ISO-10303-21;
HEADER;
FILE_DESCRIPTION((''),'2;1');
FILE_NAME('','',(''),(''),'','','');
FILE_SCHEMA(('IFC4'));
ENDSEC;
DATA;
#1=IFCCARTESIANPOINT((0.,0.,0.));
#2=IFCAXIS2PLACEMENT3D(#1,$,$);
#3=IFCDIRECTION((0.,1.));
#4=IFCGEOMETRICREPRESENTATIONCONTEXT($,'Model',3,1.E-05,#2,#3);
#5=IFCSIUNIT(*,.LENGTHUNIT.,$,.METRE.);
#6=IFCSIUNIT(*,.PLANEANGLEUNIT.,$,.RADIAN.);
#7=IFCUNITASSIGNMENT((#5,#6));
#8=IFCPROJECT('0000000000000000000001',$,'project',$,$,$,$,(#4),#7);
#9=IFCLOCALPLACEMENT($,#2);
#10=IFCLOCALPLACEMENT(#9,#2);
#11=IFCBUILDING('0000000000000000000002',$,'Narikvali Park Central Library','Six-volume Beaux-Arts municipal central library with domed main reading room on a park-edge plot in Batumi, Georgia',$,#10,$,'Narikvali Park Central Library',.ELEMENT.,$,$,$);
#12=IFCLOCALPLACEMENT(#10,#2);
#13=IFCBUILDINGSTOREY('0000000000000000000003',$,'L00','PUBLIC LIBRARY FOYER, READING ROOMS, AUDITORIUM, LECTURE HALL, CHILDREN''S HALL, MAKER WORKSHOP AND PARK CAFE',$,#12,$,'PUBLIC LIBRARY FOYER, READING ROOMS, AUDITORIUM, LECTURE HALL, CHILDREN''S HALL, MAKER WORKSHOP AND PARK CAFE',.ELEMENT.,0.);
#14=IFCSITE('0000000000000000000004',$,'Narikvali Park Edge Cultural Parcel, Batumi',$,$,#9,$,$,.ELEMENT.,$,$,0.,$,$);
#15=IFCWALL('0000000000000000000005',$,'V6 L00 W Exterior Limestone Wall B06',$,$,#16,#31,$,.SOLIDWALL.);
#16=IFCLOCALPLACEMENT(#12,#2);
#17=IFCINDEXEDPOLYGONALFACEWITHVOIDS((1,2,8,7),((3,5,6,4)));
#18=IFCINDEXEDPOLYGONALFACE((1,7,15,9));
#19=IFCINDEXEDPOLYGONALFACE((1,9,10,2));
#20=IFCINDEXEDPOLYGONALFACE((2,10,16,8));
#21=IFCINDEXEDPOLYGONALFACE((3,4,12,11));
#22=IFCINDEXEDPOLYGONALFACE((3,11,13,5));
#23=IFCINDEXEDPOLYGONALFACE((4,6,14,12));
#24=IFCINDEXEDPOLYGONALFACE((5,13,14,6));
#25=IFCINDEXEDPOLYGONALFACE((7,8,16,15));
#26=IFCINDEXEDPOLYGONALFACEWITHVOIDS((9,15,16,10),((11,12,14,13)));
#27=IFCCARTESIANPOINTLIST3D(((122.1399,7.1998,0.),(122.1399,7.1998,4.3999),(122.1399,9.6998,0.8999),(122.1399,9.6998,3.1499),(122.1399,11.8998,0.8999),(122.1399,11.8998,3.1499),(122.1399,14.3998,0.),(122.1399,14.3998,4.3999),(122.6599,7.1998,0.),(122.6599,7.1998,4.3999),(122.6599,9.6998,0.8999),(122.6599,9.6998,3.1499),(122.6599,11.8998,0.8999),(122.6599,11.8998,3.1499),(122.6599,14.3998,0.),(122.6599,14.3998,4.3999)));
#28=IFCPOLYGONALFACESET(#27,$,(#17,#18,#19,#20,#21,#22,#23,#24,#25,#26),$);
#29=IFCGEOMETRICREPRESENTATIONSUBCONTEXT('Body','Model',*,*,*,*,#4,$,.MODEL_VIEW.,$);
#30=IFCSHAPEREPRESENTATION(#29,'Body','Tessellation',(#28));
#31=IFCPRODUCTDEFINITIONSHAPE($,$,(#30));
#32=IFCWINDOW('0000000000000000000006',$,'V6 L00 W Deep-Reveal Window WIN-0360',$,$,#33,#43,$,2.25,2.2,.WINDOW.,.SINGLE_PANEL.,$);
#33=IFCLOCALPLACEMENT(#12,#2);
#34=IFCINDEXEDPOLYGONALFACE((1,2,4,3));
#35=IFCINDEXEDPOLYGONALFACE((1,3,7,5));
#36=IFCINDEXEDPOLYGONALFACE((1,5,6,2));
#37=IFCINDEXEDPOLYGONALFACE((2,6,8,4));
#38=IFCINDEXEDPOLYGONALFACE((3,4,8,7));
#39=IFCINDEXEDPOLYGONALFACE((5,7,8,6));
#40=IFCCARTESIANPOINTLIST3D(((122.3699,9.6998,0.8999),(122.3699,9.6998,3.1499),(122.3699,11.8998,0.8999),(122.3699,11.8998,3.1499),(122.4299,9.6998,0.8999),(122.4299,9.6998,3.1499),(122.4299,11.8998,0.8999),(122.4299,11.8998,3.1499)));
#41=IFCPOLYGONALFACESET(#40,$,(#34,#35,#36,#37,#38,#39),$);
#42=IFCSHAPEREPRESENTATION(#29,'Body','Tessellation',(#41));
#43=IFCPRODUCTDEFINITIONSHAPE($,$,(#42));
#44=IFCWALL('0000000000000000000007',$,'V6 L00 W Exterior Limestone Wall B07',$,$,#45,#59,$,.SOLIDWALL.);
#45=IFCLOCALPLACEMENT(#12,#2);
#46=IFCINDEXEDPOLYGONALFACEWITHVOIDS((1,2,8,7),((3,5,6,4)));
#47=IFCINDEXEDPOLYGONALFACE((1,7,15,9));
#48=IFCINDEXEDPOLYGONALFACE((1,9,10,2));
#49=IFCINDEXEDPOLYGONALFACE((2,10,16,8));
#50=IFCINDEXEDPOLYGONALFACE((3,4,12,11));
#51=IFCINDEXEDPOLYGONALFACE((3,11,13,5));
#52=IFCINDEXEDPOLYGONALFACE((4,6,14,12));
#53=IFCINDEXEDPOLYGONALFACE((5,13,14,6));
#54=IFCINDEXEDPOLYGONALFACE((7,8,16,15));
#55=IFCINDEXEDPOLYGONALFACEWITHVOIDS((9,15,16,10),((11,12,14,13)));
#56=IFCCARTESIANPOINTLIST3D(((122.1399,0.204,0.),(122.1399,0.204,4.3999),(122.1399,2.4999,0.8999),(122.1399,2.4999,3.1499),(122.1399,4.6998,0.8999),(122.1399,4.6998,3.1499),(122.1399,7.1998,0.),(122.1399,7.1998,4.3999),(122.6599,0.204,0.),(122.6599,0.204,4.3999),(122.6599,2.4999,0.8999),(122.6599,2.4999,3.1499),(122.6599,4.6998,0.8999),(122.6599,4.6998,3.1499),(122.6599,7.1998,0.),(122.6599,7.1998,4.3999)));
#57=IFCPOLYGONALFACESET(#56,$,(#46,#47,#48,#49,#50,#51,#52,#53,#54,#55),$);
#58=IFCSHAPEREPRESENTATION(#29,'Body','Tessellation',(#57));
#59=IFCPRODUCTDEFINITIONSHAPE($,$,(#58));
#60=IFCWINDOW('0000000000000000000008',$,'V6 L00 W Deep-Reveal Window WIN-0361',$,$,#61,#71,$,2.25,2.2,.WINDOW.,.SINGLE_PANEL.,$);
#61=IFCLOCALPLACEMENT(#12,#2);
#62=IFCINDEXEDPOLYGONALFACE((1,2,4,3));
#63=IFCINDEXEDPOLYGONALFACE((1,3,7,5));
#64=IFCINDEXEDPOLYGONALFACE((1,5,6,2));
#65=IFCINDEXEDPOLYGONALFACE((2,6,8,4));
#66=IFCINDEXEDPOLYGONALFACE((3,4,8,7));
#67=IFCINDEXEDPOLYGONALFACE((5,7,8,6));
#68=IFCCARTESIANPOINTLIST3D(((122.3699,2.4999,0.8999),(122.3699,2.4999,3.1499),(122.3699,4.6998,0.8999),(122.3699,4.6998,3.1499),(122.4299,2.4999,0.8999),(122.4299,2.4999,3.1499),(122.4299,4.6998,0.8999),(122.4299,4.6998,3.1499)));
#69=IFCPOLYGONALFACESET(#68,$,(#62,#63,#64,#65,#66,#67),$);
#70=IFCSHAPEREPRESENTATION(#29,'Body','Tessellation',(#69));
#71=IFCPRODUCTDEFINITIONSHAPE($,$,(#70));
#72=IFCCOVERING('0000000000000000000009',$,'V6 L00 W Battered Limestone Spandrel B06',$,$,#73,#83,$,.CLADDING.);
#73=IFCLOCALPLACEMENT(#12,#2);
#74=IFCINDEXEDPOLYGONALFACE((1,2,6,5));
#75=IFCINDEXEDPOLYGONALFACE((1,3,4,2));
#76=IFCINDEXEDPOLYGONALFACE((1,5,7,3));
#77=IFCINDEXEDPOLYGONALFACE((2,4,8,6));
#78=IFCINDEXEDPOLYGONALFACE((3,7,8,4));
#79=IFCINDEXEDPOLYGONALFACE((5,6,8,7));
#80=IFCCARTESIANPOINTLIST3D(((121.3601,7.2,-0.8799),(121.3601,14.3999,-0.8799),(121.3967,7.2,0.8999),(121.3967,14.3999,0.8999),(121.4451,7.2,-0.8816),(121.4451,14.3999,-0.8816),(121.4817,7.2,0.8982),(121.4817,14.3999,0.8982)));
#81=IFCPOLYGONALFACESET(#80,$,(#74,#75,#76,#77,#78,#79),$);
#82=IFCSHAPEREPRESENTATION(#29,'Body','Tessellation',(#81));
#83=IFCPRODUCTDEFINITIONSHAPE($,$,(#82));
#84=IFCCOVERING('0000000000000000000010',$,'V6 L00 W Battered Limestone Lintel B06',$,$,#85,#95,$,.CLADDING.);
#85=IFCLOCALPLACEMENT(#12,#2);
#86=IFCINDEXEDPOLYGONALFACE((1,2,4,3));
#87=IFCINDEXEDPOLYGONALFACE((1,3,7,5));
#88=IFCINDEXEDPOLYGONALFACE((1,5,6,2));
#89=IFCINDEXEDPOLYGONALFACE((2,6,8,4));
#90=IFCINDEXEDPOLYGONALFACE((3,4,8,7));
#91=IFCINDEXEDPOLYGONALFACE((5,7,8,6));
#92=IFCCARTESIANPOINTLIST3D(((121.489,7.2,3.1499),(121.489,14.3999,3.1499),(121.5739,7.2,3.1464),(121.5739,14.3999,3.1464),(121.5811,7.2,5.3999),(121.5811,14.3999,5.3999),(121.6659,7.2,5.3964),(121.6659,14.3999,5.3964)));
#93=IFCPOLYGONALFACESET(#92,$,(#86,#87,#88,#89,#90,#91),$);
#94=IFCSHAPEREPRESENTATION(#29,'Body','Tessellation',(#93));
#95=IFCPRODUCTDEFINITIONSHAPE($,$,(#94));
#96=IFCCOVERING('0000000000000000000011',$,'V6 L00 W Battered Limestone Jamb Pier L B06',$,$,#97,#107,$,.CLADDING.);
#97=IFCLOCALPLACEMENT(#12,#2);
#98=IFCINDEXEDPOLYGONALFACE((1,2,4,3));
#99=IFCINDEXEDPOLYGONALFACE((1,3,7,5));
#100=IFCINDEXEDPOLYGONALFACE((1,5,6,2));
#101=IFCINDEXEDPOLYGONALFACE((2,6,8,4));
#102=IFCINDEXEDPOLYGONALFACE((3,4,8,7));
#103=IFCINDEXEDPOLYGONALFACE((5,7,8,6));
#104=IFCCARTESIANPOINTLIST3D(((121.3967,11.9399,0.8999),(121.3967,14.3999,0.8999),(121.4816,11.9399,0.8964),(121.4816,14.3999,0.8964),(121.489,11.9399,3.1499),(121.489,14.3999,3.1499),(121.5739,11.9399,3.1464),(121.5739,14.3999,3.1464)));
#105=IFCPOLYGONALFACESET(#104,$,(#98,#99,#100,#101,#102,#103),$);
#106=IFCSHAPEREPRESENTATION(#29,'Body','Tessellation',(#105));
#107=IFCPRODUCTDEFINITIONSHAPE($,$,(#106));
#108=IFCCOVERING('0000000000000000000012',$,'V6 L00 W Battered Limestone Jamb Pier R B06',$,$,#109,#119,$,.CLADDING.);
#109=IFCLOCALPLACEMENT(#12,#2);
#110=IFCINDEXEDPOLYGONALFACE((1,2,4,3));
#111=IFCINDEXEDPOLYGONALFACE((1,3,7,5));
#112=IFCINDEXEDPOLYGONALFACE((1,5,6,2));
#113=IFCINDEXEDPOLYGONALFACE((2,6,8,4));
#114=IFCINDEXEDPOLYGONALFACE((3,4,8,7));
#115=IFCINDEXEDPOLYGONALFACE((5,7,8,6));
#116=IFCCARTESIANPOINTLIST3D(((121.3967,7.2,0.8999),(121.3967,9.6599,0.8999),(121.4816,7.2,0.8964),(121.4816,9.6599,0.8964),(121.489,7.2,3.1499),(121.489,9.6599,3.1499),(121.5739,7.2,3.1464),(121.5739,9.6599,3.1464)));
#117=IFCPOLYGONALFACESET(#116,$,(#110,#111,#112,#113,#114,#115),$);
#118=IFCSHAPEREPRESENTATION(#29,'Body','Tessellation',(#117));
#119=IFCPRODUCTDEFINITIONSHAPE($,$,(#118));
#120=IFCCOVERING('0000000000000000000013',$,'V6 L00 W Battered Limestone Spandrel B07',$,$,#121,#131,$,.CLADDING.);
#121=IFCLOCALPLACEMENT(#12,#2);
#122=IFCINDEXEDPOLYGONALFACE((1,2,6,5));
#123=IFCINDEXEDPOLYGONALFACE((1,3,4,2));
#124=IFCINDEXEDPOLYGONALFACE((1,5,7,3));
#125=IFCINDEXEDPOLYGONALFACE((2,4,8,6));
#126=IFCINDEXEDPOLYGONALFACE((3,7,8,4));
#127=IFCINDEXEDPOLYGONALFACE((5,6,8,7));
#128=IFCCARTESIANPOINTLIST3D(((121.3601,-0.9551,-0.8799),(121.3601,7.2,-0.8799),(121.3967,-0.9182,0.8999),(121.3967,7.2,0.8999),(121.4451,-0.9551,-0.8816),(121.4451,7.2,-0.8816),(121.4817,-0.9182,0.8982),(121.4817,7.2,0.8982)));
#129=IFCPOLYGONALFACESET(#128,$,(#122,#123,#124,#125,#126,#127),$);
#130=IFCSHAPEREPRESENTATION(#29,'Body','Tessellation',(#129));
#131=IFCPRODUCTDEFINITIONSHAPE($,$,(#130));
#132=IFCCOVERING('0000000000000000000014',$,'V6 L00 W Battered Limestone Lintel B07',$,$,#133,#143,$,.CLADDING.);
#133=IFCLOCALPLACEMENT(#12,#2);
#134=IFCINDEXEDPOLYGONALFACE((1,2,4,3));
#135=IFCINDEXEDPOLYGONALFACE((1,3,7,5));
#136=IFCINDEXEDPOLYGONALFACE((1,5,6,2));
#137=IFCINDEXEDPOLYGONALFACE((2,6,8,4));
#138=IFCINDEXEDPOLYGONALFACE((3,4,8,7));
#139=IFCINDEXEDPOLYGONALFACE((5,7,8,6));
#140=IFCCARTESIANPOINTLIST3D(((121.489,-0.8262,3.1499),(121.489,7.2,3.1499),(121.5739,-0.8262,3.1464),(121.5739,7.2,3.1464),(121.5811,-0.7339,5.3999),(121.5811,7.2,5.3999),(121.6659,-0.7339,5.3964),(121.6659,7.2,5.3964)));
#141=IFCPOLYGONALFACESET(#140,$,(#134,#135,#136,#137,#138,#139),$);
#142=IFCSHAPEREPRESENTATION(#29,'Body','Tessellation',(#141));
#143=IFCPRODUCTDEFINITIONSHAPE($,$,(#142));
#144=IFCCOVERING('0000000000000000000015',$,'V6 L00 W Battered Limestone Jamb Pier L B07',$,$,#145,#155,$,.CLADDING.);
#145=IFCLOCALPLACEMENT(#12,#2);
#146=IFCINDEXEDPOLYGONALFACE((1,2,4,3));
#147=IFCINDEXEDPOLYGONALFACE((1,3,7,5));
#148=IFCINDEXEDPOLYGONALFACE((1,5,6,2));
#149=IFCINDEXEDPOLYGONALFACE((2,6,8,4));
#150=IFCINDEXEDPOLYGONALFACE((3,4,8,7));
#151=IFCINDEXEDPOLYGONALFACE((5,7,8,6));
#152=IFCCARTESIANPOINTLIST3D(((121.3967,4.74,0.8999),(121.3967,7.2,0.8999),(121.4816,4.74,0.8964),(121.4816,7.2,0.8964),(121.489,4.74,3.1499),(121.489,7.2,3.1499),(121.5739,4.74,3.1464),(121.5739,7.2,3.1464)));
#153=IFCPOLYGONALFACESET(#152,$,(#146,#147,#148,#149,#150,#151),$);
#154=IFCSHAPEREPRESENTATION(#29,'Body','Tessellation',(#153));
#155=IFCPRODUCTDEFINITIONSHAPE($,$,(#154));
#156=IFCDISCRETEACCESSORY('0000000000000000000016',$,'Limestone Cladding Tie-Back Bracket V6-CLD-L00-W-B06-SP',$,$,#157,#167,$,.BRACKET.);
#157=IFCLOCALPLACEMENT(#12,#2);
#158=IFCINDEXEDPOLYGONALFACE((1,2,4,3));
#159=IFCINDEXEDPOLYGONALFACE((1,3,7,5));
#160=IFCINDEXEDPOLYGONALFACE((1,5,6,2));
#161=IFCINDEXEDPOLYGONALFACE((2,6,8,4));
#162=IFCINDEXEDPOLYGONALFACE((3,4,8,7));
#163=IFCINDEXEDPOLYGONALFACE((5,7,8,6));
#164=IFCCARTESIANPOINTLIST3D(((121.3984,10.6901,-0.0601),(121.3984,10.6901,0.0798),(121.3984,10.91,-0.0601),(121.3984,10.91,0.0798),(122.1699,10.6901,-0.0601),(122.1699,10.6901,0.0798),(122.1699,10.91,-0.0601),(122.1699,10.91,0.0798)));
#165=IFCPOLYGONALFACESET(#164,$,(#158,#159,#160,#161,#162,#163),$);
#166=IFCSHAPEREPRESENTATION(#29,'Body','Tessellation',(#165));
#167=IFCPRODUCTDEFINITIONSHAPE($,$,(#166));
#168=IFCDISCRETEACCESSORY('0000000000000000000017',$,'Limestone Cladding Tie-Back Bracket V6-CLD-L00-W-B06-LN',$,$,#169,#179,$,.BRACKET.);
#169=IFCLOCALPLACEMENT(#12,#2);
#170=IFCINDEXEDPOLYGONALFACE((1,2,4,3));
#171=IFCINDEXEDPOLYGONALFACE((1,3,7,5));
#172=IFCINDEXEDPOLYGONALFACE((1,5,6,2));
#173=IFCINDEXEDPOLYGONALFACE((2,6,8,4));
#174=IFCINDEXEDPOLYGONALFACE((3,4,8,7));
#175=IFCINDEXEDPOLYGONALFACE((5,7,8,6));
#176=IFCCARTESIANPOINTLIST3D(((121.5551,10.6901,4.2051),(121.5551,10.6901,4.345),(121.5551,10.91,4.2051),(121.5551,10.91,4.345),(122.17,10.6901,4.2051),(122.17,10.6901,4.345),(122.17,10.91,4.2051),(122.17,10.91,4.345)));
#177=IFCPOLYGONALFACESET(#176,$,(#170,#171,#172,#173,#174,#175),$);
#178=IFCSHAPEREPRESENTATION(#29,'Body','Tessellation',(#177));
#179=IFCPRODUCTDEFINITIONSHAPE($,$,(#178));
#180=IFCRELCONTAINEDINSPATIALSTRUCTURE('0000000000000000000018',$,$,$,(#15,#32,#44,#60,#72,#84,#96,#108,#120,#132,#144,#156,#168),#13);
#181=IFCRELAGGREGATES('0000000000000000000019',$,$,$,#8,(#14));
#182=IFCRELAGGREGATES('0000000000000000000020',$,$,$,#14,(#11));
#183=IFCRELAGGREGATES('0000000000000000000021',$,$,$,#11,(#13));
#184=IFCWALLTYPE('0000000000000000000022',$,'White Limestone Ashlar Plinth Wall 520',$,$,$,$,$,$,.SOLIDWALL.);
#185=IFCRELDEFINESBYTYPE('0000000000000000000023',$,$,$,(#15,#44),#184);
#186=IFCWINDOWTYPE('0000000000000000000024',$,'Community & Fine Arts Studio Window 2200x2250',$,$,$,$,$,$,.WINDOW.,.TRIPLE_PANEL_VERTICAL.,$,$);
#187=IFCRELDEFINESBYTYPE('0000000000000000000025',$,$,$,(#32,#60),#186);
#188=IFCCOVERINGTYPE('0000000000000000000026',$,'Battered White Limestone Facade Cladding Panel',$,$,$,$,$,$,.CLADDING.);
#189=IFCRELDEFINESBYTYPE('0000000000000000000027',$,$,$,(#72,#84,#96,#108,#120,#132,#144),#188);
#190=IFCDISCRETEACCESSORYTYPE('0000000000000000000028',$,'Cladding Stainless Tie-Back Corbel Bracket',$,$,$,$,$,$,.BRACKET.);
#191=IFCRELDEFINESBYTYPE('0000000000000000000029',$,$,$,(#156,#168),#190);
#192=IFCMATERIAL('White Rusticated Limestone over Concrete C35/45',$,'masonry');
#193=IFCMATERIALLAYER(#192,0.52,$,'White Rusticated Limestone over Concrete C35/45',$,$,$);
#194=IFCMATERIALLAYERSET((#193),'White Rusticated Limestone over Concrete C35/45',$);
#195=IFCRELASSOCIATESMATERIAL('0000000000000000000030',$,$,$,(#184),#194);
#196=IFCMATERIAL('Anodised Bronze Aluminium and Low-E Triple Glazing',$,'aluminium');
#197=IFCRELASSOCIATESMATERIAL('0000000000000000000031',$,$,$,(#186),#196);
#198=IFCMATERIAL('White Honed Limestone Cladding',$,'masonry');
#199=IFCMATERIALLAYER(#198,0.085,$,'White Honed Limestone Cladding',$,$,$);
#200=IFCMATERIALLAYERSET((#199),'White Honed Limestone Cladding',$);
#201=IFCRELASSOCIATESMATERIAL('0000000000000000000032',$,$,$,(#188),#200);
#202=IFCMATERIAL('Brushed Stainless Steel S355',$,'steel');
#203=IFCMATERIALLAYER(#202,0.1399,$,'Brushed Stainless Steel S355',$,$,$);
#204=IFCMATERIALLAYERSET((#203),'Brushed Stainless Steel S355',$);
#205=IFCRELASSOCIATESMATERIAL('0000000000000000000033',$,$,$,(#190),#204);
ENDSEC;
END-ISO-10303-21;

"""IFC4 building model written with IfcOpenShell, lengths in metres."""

from ifc_helpers import new_model, si_unit, direction, frame, frame_2d, origin, origin_2d, place, context, subcontext, project, spatial, polyline, rectangle, outline, extrude, material, layer, layer_set, type_object, element, fill, save


model = new_model("IFC4")

# Units and contexts
model_context = context("Model", 3, precision=1e-05, world=origin(), true_north=direction((0.0, 1.0)))
body_context = subcontext(model_context, "Body", "Model", "MODEL_VIEW")
ifc_project = project(units=[si_unit("LENGTHUNIT", "METRE"), si_unit("PLANEANGLEUNIT", "RADIAN")], contexts=[model_context])

# Site, building, storey
site_placement = place(None, origin())
site = spatial("IfcSite", under=ifc_project, at=site_placement, Name="Narikvali Park Edge Cultural Parcel, Batumi", CompositionType="ELEMENT", RefElevation=0.0)
building_placement = place(site_placement, origin())
building = spatial("IfcBuilding", under=site, at=building_placement, Name="Narikvali Park Central Library", Description="Six-volume Beaux-Arts municipal central library with domed main reading room on a park-edge plot in Batumi, Georgia", LongName="Narikvali Park Central Library", CompositionType="ELEMENT")
storey_placement = place(building_placement, origin())
storey = spatial("IfcBuildingStorey", under=building, at=storey_placement, Name="L00", Description="PUBLIC LIBRARY FOYER, READING ROOMS, AUDITORIUM, LECTURE HALL, CHILDREN'S HALL, MAKER WORKSHOP AND PARK CAFE", LongName="PUBLIC LIBRARY FOYER, READING ROOMS, AUDITORIUM, LECTURE HALL, CHILDREN'S HALL, MAKER WORKSHOP AND PARK CAFE", CompositionType="ELEMENT", Elevation=0.0)

# Walls, openings, windows
ifc_material_1 = material(Name="White Rusticated Limestone over Concrete C35/45", Category="masonry")
ifc_layer_1 = layer(ifc_material_1, 0.52, Name="White Rusticated Limestone over Concrete C35/45")
ifc_layer_set_1 = layer_set([ifc_layer_1], Name="White Rusticated Limestone over Concrete C35/45")
wall_type_1 = type_object("IfcWallType", Name="White Limestone Ashlar Plinth Wall 520", PredefinedType="SOLIDWALL", material=ifc_layer_set_1)
wall_1_placement = place(storey_placement, frame((122.3999, 14.3999, 0.0), z_axis=(0.0, 0.0, 1.0), x_axis=(0.0, -1.0, 0.0)))
wall_1 = element("IfcWall", 1, at=wall_1_placement, inside=storey, type_object=wall_type_1, Name="V6 L00 W Exterior Limestone Wall B06", PredefinedType="SOLIDWALL", context=body_context, shape_type="SweptSolid", body=[
    extrude(rectangle(XDim=7.2, YDim=0.52, at=frame_2d((3.6001, 0.0))), origin(), (0.0, 0.0, 1.0), 4.3999),
])
opening_1_placement = place(wall_1_placement, frame((2.5, 0.0, 0.8999)))
opening_1 = element("IfcOpeningElement", 2, at=opening_1_placement, cuts=wall_1, PredefinedType="OPENING", context=body_context, shape_type="SweptSolid", body=[
    extrude(rectangle(XDim=2.2, YDim=2.25, at=frame_2d((1.1001, 1.125))), frame((0.0, 0.272, 0.0), z_axis=(0.0, -1.0, 0.0), x_axis=(1.0, 0.0, 0.0)), (0.0, 0.0, 1.0), 0.5439),
])
ifc_material_2 = material(Name="Anodised Bronze Aluminium and Low-E Triple Glazing", Category="aluminium")
window_type = type_object("IfcWindowType", Name="Community & Fine Arts Studio Window 2200x2250", PartitioningType="TRIPLE_PANEL_VERTICAL", PredefinedType="WINDOW", material=ifc_material_2)
window_1_placement = place(opening_1_placement, origin())
window_1 = element("IfcWindow", 3, at=window_1_placement, inside=storey, type_object=window_type, Name="V6 L00 W Deep-Reveal Window WIN-0360", OverallHeight=2.25, OverallWidth=2.2, PartitioningType="SINGLE_PANEL", PredefinedType="WINDOW", context=body_context, shape_type="SweptSolid", body=[
    extrude(rectangle(XDim=2.2, YDim=2.25, at=frame_2d((1.1001, 1.125))), frame((0.0, 0.03, 0.0), z_axis=(0.0, -1.0, 0.0), x_axis=(1.0, 0.0, 0.0)), (0.0, 0.0, 1.0), 0.0601),
])
fill(opening_1, window_1)
wall_2_placement = place(storey_placement, frame((122.3999, 7.2, 0.0), z_axis=(0.0, 0.0, 1.0), x_axis=(0.0, -1.0, 0.0)))
wall_2 = element("IfcWall", 4, at=wall_2_placement, inside=storey, type_object=wall_type_1, Name="V6 L00 W Exterior Limestone Wall B07", PredefinedType="SOLIDWALL", context=body_context, shape_type="SweptSolid", body=[
    extrude(rectangle(XDim=6.9958, YDim=0.52, at=frame_2d((3.498, 0.0))), origin(), (0.0, 0.0, 1.0), 4.3999),
])
opening_2_placement = place(wall_2_placement, frame((2.5, 0.0, 0.8999)))
opening_2 = element("IfcOpeningElement", 5, at=opening_2_placement, cuts=wall_2, PredefinedType="OPENING", context=body_context, shape_type="SweptSolid", body=[
    extrude(rectangle(XDim=2.2, YDim=2.25, at=frame_2d((1.1001, 1.125))), frame((0.0, 0.272, 0.0), z_axis=(0.0, -1.0, 0.0), x_axis=(1.0, 0.0, 0.0)), (0.0, 0.0, 1.0), 0.5439),
])
window_2_placement = place(opening_2_placement, origin())
window_2 = element("IfcWindow", 6, at=window_2_placement, inside=storey, type_object=window_type, Name="V6 L00 W Deep-Reveal Window WIN-0361", OverallHeight=2.25, OverallWidth=2.2, PartitioningType="SINGLE_PANEL", PredefinedType="WINDOW", context=body_context, shape_type="SweptSolid", body=[
    extrude(rectangle(XDim=2.2, YDim=2.25, at=frame_2d((1.1001, 1.125))), frame((0.0, 0.03, 0.0), z_axis=(0.0, -1.0, 0.0), x_axis=(1.0, 0.0, 0.0)), (0.0, 0.0, 1.0), 0.0601),
])
fill(opening_2, window_2)

# Coverings
ifc_material_3 = material(Name="White Honed Limestone Cladding", Category="masonry")
ifc_layer_2 = layer(ifc_material_3, 0.085, Name="White Honed Limestone Cladding")
ifc_layer_set_2 = layer_set([ifc_layer_2], Name="White Honed Limestone Cladding")
covering_type = type_object("IfcCoveringType", Name="Battered White Limestone Facade Cladding Panel", PredefinedType="CLADDING", material=ifc_layer_set_2)
covering_1_placement = place(storey_placement, frame((121.3601, 14.3999, -0.8799), z_axis=(-0.999788, 0.0, 0.020572), x_axis=(0.0, -1.0, 0.0)))
element("IfcCovering", 7, at=covering_1_placement, inside=storey, type_object=covering_type, Name="V6 L00 W Battered Limestone Spandrel B06", PredefinedType="CLADDING", context=body_context, shape_type="SweptSolid", body=[
    extrude(outline(polyline([(0.0, 0.0), (7.2, 0.0), (7.2, 1.7802), (0.0, 1.7802), (0.0, 0.0)])), origin(), (0.0, 0.0, -1.0), 0.085),
])
covering_2_placement = place(storey_placement, frame((121.489, 14.3999, 3.1499), z_axis=(-0.999164, 0.0, 0.040873), x_axis=(0.0, -1.0, 0.0)))
element("IfcCovering", 8, at=covering_2_placement, inside=storey, type_object=covering_type, Name="V6 L00 W Battered Limestone Lintel B06", PredefinedType="CLADDING", context=body_context, shape_type="SweptSolid", body=[
    extrude(outline(polyline([(0.0, 0.0), (7.2, 0.0), (7.2, 2.2519), (0.0, 2.2519), (0.0, 0.0)])), origin(), (0.0, 0.0, -1.0), 0.085),
])
for number, where, z_axis, x_axis, name in (
    (9, (121.3967, 14.3999, 0.8999), (-0.99916, 0.0, 0.040981), (0.0, -1.0, 0.0), "V6 L00 W Battered Limestone Jamb Pier L B06"),
    (10, (121.3967, 9.6599, 0.8999), (-0.99916, 0.0, 0.040981), (0.0, -1.0, 0.0), "V6 L00 W Battered Limestone Jamb Pier R B06"),
):
    element("IfcCovering", number, at=place(storey_placement, frame(where, z_axis=z_axis, x_axis=x_axis)), inside=storey, type_object=covering_type, Name=name, PredefinedType="CLADDING", context=body_context, shape_type="SweptSolid", body=[
        extrude(outline(polyline([(0.0, 0.0), (2.46, 0.0), (2.46, 2.2519), (0.0, 2.2519), (0.0, 0.0)])), origin(), (0.0, 0.0, -1.0), 0.085),
    ])
covering_3_placement = place(storey_placement, frame((121.3601, 7.2, -0.8799), z_axis=(-0.999788, 0.0, 0.020572), x_axis=(0.0, -1.0, 0.0)))
element("IfcCovering", 11, at=covering_3_placement, inside=storey, type_object=covering_type, Name="V6 L00 W Battered Limestone Spandrel B07", PredefinedType="CLADDING", context=body_context, shape_type="SweptSolid", body=[
    extrude(outline(polyline([(0.0, 0.0), (8.155, 0.0), (8.1182, 1.7802), (0.0, 1.7802), (0.0, 0.0)])), origin(), (0.0, 0.0, -1.0), 0.085),
])
covering_4_placement = place(storey_placement, frame((121.489, 7.2, 3.1499), z_axis=(-0.999164, 0.0, 0.040873), x_axis=(0.0, -1.0, 0.0)))
element("IfcCovering", 12, at=covering_4_placement, inside=storey, type_object=covering_type, Name="V6 L00 W Battered Limestone Lintel B07", PredefinedType="CLADDING", context=body_context, shape_type="SweptSolid", body=[
    extrude(outline(polyline([(0.0, 0.0), (8.0261, 0.0), (7.9338, 2.2519), (0.0, 2.2519), (0.0, 0.0)])), origin(), (0.0, 0.0, -1.0), 0.085),
])
covering_5_placement = place(storey_placement, frame((121.3967, 7.2, 0.8999), z_axis=(-0.99916, 0.0, 0.040981), x_axis=(0.0, -1.0, 0.0)))
element("IfcCovering", 13, at=covering_5_placement, inside=storey, type_object=covering_type, Name="V6 L00 W Battered Limestone Jamb Pier L B07", PredefinedType="CLADDING", context=body_context, shape_type="SweptSolid", body=[
    extrude(outline(polyline([(0.0, 0.0), (2.46, 0.0), (2.46, 2.2519), (0.0, 2.2519), (0.0, 0.0)])), origin(), (0.0, 0.0, -1.0), 0.085),
])

# Discrete accessories
ifc_material_4 = material(Name="Brushed Stainless Steel S355", Category="steel")
ifc_layer_3 = layer(ifc_material_4, 0.1399, Name="Brushed Stainless Steel S355")
ifc_layer_set_3 = layer_set([ifc_layer_3], Name="Brushed Stainless Steel S355")
discrete_accessory_type = type_object("IfcDiscreteAccessoryType", Name="Cladding Stainless Tie-Back Corbel Bracket", PredefinedType="BRACKET", material=ifc_layer_set_3)
discrete_accessory_1_placement = place(storey_placement, frame((121.7842, 10.8, -0.0601), z_axis=(0.0, 0.0, 1.0), x_axis=(1.0, 0.0, 0.0)))
element("IfcDiscreteAccessory", 14, at=discrete_accessory_1_placement, inside=storey, type_object=discrete_accessory_type, Name="Limestone Cladding Tie-Back Bracket V6-CLD-L00-W-B06-SP", PredefinedType="BRACKET", context=body_context, shape_type="SweptSolid", body=[
    extrude(rectangle(XDim=0.7715, YDim=0.22, at=origin_2d()), origin(), (0.0, 0.0, 1.0), 0.1399),
])
discrete_accessory_2_placement = place(storey_placement, frame((121.8625, 10.8, 4.2051), z_axis=(0.0, 0.0, 1.0), x_axis=(1.0, 0.0, 0.0)))
element("IfcDiscreteAccessory", 15, at=discrete_accessory_2_placement, inside=storey, type_object=discrete_accessory_type, Name="Limestone Cladding Tie-Back Bracket V6-CLD-L00-W-B06-LN", PredefinedType="BRACKET", context=body_context, shape_type="SweptSolid", body=[
    extrude(rectangle(XDim=0.615, YDim=0.22, at=origin_2d()), origin(), (0.0, 0.0, 1.0), 0.1399),
])

save(model, "model.ifc")
